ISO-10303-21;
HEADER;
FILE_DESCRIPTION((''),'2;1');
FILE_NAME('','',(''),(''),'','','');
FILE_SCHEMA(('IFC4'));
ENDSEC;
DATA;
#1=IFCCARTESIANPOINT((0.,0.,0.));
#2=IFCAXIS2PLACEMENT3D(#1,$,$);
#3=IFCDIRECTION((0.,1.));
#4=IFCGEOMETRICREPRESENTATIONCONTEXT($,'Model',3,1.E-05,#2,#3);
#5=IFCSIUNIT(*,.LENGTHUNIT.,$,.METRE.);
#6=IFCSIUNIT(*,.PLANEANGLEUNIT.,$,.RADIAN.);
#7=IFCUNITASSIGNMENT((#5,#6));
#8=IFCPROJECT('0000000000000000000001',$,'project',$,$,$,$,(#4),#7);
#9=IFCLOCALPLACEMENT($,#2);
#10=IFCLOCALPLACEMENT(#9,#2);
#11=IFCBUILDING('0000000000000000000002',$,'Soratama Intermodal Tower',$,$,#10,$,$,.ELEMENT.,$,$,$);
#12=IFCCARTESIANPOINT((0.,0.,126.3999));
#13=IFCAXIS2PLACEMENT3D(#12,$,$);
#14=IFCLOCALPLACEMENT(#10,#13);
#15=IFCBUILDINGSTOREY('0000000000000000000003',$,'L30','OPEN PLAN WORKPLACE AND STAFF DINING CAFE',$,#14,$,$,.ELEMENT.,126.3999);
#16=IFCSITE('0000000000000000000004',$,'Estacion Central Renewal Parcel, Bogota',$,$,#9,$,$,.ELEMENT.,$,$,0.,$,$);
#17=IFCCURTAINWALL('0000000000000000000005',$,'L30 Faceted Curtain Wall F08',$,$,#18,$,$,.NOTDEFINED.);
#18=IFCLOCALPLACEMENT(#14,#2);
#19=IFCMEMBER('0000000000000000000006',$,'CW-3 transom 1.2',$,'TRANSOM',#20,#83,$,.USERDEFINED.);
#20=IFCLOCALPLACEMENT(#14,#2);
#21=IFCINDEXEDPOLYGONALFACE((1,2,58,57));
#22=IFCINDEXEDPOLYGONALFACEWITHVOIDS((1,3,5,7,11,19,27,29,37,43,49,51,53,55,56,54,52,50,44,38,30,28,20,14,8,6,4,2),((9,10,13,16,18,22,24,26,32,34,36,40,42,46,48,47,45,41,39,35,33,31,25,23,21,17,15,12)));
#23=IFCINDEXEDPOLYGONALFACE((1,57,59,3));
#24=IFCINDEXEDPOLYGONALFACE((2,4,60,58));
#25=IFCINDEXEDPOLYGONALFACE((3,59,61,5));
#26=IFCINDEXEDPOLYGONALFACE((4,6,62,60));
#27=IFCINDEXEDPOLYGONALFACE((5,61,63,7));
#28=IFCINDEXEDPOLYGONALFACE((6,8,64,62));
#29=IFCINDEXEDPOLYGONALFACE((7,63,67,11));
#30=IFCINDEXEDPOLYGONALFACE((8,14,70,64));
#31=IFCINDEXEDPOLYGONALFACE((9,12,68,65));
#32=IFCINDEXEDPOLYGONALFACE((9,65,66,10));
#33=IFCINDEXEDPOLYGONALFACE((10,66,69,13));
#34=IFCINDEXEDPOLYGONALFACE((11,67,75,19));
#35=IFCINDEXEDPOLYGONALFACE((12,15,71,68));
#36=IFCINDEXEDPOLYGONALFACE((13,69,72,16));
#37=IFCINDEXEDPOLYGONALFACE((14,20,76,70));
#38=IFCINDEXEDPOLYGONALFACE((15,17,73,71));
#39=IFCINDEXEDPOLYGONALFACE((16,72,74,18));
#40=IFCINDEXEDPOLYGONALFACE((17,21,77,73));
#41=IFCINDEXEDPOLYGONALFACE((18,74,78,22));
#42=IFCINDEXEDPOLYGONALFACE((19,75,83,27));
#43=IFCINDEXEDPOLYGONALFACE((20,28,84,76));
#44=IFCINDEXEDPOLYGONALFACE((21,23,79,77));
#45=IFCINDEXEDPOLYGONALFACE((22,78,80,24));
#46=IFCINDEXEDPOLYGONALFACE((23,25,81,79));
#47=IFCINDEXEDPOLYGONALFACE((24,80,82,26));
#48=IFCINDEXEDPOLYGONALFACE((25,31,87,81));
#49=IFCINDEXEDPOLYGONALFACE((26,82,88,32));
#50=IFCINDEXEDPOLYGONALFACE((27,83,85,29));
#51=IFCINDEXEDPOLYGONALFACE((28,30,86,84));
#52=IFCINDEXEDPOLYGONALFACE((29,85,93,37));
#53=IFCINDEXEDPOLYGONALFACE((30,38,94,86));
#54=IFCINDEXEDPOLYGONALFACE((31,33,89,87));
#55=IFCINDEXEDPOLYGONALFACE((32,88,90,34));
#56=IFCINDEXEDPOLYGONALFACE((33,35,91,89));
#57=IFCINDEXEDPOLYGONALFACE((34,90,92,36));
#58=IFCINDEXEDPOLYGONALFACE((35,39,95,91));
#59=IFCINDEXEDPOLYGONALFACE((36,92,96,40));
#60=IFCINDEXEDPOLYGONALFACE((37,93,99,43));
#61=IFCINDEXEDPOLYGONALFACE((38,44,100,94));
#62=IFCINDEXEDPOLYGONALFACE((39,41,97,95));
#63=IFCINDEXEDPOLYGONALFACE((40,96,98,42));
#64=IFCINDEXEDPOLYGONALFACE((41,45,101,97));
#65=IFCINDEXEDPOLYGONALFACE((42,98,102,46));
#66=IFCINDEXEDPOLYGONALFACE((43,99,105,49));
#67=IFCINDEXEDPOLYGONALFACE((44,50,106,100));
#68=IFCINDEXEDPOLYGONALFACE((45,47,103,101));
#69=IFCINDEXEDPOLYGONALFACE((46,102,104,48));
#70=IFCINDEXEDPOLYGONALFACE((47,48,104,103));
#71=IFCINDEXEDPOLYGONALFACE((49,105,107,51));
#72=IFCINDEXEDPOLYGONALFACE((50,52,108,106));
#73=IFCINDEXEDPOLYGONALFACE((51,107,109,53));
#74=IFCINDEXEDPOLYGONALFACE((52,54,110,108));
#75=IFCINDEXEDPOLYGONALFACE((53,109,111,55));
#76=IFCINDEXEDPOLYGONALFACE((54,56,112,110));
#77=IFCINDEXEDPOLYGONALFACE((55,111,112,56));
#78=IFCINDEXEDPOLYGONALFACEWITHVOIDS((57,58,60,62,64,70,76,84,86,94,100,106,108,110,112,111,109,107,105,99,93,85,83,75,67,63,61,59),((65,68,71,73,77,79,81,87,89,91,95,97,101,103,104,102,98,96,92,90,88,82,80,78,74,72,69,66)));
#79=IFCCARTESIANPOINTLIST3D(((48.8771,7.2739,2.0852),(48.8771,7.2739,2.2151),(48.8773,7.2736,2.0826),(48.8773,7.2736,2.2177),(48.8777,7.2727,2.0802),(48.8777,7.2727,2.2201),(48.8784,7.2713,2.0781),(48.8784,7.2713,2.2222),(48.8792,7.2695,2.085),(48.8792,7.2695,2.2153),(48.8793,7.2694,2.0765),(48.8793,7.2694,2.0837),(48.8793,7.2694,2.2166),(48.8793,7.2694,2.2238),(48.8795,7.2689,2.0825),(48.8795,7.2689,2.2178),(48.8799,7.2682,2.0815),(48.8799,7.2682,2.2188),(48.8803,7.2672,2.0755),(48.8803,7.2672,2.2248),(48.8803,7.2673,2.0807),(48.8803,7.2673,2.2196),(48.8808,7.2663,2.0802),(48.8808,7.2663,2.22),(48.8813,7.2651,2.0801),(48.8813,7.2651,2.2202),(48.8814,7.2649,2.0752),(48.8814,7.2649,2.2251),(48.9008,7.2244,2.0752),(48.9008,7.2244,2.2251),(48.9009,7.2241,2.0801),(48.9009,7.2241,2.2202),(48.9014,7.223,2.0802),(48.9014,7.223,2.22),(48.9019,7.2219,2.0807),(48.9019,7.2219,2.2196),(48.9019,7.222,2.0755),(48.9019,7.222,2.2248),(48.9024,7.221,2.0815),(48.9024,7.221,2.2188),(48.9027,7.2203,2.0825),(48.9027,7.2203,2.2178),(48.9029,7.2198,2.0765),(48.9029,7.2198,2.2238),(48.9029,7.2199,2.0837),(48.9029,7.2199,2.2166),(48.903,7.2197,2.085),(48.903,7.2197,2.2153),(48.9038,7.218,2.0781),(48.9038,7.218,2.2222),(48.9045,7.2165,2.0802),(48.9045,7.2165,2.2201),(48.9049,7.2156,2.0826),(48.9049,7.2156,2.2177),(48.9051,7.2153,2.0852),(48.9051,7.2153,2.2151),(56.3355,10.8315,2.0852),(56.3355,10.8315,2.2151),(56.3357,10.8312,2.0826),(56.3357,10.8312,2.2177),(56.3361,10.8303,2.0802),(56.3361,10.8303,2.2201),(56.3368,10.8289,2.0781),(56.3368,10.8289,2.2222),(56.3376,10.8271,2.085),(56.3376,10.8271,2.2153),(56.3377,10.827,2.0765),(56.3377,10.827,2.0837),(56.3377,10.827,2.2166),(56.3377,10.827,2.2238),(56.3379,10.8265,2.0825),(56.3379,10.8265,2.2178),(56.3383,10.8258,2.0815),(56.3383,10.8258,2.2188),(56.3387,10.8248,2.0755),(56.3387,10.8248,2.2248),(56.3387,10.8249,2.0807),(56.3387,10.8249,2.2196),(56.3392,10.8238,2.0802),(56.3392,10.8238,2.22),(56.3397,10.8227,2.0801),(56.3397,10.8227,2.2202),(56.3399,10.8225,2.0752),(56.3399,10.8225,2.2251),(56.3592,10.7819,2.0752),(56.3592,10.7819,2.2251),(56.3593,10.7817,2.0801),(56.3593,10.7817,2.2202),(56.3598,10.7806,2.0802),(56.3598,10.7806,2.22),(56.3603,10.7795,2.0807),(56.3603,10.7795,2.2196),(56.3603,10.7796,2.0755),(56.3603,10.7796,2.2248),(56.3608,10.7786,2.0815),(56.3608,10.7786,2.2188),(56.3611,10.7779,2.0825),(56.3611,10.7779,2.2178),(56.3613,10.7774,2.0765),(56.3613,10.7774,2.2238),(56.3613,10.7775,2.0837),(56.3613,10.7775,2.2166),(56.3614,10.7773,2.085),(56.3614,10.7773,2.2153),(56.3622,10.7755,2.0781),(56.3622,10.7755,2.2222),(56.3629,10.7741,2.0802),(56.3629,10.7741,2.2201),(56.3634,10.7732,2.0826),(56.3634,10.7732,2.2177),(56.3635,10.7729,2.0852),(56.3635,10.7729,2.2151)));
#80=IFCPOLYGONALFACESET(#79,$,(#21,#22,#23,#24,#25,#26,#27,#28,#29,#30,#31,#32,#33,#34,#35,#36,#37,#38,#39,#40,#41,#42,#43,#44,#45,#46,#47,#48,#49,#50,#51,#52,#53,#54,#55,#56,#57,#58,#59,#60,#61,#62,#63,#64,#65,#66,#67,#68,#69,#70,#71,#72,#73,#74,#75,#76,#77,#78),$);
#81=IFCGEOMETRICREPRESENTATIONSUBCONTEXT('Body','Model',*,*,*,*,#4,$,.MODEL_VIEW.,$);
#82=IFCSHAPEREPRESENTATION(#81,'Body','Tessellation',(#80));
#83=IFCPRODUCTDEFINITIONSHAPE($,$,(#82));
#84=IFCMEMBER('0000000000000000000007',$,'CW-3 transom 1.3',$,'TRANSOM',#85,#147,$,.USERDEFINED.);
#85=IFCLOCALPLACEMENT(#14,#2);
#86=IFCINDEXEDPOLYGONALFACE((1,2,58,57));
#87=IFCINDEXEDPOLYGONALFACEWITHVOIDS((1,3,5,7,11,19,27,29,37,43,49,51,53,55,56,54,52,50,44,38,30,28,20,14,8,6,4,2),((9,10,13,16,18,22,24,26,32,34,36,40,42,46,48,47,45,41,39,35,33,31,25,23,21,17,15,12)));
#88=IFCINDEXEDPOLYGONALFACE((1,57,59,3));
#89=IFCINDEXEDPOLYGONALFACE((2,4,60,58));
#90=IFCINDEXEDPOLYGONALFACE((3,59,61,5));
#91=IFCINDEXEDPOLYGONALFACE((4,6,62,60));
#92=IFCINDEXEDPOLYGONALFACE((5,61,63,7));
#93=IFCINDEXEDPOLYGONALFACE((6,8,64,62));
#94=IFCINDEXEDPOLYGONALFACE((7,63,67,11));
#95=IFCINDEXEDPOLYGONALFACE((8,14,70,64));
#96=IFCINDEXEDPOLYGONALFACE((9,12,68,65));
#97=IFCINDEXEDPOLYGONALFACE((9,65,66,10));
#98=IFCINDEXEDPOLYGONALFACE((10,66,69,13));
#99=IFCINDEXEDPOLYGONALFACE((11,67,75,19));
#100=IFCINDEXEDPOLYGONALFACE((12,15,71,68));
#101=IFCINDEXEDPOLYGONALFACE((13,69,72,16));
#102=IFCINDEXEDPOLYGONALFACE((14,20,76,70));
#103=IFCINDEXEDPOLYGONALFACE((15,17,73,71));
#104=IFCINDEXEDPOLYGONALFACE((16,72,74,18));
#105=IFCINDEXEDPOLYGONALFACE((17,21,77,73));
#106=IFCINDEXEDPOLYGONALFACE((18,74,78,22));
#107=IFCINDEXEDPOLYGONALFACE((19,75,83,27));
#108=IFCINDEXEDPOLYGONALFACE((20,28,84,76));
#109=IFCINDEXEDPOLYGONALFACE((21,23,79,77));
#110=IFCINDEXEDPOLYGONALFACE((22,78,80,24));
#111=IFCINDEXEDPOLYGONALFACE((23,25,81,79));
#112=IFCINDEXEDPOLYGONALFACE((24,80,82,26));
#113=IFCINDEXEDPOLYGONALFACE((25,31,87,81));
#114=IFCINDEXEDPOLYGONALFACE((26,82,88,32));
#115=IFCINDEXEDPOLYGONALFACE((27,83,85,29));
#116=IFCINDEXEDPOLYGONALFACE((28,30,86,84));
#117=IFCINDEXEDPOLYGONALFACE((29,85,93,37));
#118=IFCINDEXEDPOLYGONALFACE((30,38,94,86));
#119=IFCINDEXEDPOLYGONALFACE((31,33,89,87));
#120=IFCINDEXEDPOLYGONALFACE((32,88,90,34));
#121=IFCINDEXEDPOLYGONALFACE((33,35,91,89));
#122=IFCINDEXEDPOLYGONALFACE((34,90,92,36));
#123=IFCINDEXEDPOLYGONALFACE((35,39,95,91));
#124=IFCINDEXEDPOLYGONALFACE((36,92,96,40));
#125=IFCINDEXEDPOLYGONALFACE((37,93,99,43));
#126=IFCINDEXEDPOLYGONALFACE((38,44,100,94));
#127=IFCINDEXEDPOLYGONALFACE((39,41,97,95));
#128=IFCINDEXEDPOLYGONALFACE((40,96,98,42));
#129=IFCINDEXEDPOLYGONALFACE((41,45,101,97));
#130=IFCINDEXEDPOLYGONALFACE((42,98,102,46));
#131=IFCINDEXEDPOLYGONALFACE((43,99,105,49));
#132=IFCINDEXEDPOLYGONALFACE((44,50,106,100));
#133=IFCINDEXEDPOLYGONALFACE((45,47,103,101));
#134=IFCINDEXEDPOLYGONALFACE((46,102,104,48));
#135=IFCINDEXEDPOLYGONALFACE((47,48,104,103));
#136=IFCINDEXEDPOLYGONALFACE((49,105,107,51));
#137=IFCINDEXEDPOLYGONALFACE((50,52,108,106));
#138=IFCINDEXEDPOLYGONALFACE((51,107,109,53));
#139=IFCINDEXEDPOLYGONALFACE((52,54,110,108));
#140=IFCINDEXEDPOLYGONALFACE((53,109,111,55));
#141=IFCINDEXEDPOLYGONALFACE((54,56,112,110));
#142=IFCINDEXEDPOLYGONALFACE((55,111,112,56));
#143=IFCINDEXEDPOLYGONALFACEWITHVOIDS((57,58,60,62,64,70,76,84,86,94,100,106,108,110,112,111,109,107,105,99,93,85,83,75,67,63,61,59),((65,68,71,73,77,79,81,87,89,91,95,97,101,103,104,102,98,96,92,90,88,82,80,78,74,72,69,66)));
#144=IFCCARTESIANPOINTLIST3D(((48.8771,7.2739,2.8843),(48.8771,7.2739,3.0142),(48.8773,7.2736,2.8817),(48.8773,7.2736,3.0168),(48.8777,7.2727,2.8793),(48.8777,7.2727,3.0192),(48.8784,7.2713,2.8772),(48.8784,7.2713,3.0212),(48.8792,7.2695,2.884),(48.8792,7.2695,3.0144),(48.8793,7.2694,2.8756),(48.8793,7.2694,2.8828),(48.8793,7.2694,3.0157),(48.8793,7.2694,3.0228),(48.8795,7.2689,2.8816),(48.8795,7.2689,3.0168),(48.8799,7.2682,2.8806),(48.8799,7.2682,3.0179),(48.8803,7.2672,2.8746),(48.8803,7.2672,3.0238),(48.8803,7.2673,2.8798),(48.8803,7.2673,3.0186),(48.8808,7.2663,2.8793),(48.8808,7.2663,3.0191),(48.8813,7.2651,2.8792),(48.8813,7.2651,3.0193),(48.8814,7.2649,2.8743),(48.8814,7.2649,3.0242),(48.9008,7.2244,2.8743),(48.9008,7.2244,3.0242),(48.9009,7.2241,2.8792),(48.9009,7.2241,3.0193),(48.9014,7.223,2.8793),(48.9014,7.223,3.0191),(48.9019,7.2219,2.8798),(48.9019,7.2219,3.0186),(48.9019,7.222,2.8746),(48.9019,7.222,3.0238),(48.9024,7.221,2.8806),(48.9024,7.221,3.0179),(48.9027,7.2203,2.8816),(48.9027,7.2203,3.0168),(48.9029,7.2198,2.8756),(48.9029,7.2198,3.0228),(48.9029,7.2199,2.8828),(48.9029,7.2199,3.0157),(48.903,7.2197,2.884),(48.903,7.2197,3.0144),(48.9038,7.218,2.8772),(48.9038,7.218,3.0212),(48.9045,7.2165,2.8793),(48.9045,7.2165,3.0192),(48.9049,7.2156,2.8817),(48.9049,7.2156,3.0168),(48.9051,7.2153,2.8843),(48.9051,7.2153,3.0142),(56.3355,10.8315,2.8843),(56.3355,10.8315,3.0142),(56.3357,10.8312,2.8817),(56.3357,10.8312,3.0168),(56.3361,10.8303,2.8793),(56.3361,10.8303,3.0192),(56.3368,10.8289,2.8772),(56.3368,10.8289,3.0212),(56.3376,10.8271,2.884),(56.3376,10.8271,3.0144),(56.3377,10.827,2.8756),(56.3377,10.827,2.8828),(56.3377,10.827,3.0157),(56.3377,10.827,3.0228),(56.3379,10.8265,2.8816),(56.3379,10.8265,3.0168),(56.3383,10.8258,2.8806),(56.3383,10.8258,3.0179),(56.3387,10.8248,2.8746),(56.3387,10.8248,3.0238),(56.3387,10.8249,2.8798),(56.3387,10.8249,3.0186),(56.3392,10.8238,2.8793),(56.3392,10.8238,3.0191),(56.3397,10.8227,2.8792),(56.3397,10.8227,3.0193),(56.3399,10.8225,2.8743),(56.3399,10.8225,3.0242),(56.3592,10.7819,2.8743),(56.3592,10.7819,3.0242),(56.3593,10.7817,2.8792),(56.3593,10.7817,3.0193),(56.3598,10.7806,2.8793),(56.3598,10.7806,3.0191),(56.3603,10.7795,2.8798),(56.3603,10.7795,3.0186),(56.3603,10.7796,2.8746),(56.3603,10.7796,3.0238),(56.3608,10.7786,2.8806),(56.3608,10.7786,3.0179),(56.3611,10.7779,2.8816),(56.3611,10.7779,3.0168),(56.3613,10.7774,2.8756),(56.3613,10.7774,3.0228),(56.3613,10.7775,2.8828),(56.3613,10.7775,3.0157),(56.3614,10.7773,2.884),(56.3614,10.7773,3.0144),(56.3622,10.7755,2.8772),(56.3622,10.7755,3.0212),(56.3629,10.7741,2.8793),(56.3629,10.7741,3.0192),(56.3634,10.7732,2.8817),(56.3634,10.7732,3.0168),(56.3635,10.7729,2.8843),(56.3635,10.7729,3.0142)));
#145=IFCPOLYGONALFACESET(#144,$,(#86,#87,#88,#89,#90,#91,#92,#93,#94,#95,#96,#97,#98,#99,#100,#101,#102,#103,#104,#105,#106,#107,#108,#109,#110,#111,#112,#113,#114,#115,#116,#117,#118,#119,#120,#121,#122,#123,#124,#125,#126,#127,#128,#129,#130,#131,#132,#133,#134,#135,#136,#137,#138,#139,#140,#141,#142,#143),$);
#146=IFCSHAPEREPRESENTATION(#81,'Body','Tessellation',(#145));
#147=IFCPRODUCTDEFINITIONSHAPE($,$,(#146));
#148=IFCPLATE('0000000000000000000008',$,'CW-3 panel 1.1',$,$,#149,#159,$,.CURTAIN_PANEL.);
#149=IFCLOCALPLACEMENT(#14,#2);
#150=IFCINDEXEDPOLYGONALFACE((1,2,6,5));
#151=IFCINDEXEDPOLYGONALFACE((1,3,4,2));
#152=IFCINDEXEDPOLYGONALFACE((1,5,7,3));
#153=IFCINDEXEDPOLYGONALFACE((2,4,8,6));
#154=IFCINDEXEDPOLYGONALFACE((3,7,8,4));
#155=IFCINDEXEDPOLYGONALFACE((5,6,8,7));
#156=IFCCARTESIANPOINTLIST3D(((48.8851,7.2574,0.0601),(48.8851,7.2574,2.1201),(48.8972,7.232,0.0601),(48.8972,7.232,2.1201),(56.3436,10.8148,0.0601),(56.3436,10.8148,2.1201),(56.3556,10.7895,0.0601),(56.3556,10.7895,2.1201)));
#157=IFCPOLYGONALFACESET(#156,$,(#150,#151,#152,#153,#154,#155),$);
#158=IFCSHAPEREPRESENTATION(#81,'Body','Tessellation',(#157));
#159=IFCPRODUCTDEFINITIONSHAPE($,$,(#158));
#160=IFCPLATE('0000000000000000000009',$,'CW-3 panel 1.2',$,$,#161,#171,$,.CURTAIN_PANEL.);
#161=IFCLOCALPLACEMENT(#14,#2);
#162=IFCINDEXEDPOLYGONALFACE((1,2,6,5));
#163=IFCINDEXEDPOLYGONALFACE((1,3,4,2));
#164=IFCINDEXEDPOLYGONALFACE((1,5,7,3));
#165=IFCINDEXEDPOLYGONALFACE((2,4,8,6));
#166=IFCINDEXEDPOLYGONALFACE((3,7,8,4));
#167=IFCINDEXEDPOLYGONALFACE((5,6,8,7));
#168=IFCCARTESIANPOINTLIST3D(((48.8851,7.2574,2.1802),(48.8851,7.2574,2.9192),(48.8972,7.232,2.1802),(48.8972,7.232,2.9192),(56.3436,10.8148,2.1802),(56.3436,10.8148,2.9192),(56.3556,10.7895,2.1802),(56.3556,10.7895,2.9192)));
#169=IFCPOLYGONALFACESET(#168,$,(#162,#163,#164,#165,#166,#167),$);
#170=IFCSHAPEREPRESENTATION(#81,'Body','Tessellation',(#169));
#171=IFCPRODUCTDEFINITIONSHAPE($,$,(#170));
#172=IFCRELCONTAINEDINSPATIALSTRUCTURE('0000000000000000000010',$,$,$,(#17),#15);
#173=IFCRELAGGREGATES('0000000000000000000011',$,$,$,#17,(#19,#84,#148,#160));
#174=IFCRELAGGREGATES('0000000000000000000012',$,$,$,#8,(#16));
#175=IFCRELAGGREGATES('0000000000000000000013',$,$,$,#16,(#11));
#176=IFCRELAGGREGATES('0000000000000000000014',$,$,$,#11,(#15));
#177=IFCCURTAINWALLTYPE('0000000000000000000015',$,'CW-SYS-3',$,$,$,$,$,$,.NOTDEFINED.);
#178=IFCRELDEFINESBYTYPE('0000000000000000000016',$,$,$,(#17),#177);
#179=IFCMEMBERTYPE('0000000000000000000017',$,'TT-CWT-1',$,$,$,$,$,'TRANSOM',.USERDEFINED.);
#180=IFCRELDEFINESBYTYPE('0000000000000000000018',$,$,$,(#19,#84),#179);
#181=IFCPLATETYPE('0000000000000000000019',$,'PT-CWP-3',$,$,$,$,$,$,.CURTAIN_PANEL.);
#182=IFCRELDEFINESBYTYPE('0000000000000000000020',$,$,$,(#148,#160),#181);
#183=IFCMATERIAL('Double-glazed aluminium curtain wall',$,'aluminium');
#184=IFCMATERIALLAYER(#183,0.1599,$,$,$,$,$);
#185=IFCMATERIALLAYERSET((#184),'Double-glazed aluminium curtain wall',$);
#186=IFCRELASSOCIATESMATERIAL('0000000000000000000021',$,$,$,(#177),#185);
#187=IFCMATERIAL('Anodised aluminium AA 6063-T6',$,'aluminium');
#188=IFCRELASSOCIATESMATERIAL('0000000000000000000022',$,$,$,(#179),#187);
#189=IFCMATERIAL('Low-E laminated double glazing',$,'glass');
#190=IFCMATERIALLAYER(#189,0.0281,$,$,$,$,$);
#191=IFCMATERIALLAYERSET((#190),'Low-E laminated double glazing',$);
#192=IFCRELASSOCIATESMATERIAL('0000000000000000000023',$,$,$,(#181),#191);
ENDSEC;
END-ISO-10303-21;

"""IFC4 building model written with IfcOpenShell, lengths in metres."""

from ifc_helpers import new_model, si_unit, direction, frame, origin, origin_2d, place, context, subcontext, project, spatial, rectangle, hollow_rectangle, extrude, material, layer, layer_set, material_profile, profile_set, type_object, element, aggregate, save


model = new_model("IFC4")

# Units and contexts
model_context = context("Model", 3, precision=1e-05, world=origin(), true_north=direction((0.0, 1.0)))
body_context = subcontext(model_context, "Body", "Model", "MODEL_VIEW")
ifc_project = project(units=[si_unit("LENGTHUNIT", "METRE"), si_unit("PLANEANGLEUNIT", "RADIAN")], contexts=[model_context])

# Site, building, storey
site_placement = place(None, origin())
site = spatial("IfcSite", under=ifc_project, at=site_placement, Name="Estacion Central Renewal Parcel, Bogota", CompositionType="ELEMENT", RefElevation=0.0)
building_placement = place(site_placement, origin())
building = spatial("IfcBuilding", under=site, at=building_placement, Name="Soratama Intermodal Tower", CompositionType="ELEMENT")
storey_placement = place(building_placement, frame((0.0, 0.0, 126.3999)))
storey = spatial("IfcBuildingStorey", under=building, at=storey_placement, Name="L30", Description="OPEN PLAN WORKPLACE AND STAFF DINING CAFE", CompositionType="ELEMENT", Elevation=126.3999)

# Curtain wall
ifc_material_1 = material(Name="Double-glazed aluminium curtain wall", Category="aluminium")
ifc_layer_1 = layer(ifc_material_1, 0.1599)
ifc_layer_set_1 = layer_set([ifc_layer_1], Name="Double-glazed aluminium curtain wall")
curtain_wall_type = type_object("IfcCurtainWallType", Name="CW-SYS-3", PredefinedType="NOTDEFINED", material=ifc_layer_set_1)
curtain_wall_1_placement = place(storey_placement, origin())
curtain_wall_1 = element("IfcCurtainWall", 1, at=curtain_wall_1_placement, inside=storey, type_object=curtain_wall_type, Name="L30 Faceted Curtain Wall F08", PredefinedType="NOTDEFINED")

# Members
ifc_material_2 = material(Name="Anodised aluminium AA 6063-T6", Category="aluminium")
ifc_material_profile_1 = material_profile(ifc_material_2, hollow_rectangle(XDim=0.0649, YDim=0.1499, WallThickness=0.0049, InnerFilletRadius=0.0049, OuterFilletRadius=0.01, at=origin_2d()), Name="CWT150X65X5")
ifc_profile_set_1 = profile_set([ifc_material_profile_1], Name="Anodised aluminium AA 6063-T6")
member_type_1 = type_object("IfcMemberType", Name="TT-CWT-1", ElementType="TRANSOM", PredefinedType="USERDEFINED", material=ifc_profile_set_1)
member_1_placement = place(storey_placement, frame((48.8911, 7.2446, 2.1501), z_axis=(0.902581, 0.430521, 0.0), x_axis=(-0.430521, 0.902581, 0.0)))
member_1 = element("IfcMember", 2, at=member_1_placement, type_object=member_type_1, Name="CW-3 transom 1.2", ObjectType="TRANSOM", PredefinedType="USERDEFINED", context=body_context, shape_type="SweptSolid", body=[
    extrude(hollow_rectangle(XDim=0.0649, YDim=0.1499, WallThickness=0.0049, InnerFilletRadius=0.0049, OuterFilletRadius=0.01, at=origin_2d()), origin(), (0.0, 0.0, 1.0), 8.2634),
])
member_2_placement = place(storey_placement, frame((48.8911, 7.2446, 2.9492), z_axis=(0.902581, 0.430521, 0.0), x_axis=(-0.430521, 0.902581, 0.0)))
member_2 = element("IfcMember", 3, at=member_2_placement, type_object=member_type_1, Name="CW-3 transom 1.3", ObjectType="TRANSOM", PredefinedType="USERDEFINED", context=body_context, shape_type="SweptSolid", body=[
    extrude(hollow_rectangle(XDim=0.0649, YDim=0.1499, WallThickness=0.0049, InnerFilletRadius=0.0049, OuterFilletRadius=0.01, at=origin_2d()), origin(), (0.0, 0.0, 1.0), 8.2634),
])

# Plates
ifc_material_3 = material(Name="Low-E laminated double glazing", Category="glass")
ifc_layer_2 = layer(ifc_material_3, 0.0281)
ifc_layer_set_2 = layer_set([ifc_layer_2], Name="Low-E laminated double glazing")
plate_type = type_object("IfcPlateType", Name="PT-CWP-3", PredefinedType="CURTAIN_PANEL", material=ifc_layer_set_2)
plate_1_placement = place(storey_placement, frame((52.6204, 9.0234, 0.0601), z_axis=(0.0, 0.0, 1.0), x_axis=(0.902589, 0.430503, 0.0)))
plate_1 = element("IfcPlate", 4, at=plate_1_placement, type_object=plate_type, Name="CW-3 panel 1.1", PredefinedType="CURTAIN_PANEL", context=body_context, shape_type="SweptSolid", body=[
    extrude(rectangle(XDim=8.2634, YDim=0.0281, at=origin_2d()), origin(), (0.0, 0.0, 1.0), 2.0601),
])
plate_2_placement = place(storey_placement, frame((52.6204, 9.0234, 2.1802), z_axis=(0.0, 0.0, 1.0), x_axis=(0.902589, 0.430503, 0.0)))
plate_2 = element("IfcPlate", 5, at=plate_2_placement, type_object=plate_type, Name="CW-3 panel 1.2", PredefinedType="CURTAIN_PANEL", context=body_context, shape_type="SweptSolid", body=[
    extrude(rectangle(XDim=8.2634, YDim=0.0281, at=origin_2d()), origin(), (0.0, 0.0, 1.0), 0.739),
])
aggregate(curtain_wall_1, [member_1, member_2, plate_1, plate_2])

save(model, "model.ifc")
